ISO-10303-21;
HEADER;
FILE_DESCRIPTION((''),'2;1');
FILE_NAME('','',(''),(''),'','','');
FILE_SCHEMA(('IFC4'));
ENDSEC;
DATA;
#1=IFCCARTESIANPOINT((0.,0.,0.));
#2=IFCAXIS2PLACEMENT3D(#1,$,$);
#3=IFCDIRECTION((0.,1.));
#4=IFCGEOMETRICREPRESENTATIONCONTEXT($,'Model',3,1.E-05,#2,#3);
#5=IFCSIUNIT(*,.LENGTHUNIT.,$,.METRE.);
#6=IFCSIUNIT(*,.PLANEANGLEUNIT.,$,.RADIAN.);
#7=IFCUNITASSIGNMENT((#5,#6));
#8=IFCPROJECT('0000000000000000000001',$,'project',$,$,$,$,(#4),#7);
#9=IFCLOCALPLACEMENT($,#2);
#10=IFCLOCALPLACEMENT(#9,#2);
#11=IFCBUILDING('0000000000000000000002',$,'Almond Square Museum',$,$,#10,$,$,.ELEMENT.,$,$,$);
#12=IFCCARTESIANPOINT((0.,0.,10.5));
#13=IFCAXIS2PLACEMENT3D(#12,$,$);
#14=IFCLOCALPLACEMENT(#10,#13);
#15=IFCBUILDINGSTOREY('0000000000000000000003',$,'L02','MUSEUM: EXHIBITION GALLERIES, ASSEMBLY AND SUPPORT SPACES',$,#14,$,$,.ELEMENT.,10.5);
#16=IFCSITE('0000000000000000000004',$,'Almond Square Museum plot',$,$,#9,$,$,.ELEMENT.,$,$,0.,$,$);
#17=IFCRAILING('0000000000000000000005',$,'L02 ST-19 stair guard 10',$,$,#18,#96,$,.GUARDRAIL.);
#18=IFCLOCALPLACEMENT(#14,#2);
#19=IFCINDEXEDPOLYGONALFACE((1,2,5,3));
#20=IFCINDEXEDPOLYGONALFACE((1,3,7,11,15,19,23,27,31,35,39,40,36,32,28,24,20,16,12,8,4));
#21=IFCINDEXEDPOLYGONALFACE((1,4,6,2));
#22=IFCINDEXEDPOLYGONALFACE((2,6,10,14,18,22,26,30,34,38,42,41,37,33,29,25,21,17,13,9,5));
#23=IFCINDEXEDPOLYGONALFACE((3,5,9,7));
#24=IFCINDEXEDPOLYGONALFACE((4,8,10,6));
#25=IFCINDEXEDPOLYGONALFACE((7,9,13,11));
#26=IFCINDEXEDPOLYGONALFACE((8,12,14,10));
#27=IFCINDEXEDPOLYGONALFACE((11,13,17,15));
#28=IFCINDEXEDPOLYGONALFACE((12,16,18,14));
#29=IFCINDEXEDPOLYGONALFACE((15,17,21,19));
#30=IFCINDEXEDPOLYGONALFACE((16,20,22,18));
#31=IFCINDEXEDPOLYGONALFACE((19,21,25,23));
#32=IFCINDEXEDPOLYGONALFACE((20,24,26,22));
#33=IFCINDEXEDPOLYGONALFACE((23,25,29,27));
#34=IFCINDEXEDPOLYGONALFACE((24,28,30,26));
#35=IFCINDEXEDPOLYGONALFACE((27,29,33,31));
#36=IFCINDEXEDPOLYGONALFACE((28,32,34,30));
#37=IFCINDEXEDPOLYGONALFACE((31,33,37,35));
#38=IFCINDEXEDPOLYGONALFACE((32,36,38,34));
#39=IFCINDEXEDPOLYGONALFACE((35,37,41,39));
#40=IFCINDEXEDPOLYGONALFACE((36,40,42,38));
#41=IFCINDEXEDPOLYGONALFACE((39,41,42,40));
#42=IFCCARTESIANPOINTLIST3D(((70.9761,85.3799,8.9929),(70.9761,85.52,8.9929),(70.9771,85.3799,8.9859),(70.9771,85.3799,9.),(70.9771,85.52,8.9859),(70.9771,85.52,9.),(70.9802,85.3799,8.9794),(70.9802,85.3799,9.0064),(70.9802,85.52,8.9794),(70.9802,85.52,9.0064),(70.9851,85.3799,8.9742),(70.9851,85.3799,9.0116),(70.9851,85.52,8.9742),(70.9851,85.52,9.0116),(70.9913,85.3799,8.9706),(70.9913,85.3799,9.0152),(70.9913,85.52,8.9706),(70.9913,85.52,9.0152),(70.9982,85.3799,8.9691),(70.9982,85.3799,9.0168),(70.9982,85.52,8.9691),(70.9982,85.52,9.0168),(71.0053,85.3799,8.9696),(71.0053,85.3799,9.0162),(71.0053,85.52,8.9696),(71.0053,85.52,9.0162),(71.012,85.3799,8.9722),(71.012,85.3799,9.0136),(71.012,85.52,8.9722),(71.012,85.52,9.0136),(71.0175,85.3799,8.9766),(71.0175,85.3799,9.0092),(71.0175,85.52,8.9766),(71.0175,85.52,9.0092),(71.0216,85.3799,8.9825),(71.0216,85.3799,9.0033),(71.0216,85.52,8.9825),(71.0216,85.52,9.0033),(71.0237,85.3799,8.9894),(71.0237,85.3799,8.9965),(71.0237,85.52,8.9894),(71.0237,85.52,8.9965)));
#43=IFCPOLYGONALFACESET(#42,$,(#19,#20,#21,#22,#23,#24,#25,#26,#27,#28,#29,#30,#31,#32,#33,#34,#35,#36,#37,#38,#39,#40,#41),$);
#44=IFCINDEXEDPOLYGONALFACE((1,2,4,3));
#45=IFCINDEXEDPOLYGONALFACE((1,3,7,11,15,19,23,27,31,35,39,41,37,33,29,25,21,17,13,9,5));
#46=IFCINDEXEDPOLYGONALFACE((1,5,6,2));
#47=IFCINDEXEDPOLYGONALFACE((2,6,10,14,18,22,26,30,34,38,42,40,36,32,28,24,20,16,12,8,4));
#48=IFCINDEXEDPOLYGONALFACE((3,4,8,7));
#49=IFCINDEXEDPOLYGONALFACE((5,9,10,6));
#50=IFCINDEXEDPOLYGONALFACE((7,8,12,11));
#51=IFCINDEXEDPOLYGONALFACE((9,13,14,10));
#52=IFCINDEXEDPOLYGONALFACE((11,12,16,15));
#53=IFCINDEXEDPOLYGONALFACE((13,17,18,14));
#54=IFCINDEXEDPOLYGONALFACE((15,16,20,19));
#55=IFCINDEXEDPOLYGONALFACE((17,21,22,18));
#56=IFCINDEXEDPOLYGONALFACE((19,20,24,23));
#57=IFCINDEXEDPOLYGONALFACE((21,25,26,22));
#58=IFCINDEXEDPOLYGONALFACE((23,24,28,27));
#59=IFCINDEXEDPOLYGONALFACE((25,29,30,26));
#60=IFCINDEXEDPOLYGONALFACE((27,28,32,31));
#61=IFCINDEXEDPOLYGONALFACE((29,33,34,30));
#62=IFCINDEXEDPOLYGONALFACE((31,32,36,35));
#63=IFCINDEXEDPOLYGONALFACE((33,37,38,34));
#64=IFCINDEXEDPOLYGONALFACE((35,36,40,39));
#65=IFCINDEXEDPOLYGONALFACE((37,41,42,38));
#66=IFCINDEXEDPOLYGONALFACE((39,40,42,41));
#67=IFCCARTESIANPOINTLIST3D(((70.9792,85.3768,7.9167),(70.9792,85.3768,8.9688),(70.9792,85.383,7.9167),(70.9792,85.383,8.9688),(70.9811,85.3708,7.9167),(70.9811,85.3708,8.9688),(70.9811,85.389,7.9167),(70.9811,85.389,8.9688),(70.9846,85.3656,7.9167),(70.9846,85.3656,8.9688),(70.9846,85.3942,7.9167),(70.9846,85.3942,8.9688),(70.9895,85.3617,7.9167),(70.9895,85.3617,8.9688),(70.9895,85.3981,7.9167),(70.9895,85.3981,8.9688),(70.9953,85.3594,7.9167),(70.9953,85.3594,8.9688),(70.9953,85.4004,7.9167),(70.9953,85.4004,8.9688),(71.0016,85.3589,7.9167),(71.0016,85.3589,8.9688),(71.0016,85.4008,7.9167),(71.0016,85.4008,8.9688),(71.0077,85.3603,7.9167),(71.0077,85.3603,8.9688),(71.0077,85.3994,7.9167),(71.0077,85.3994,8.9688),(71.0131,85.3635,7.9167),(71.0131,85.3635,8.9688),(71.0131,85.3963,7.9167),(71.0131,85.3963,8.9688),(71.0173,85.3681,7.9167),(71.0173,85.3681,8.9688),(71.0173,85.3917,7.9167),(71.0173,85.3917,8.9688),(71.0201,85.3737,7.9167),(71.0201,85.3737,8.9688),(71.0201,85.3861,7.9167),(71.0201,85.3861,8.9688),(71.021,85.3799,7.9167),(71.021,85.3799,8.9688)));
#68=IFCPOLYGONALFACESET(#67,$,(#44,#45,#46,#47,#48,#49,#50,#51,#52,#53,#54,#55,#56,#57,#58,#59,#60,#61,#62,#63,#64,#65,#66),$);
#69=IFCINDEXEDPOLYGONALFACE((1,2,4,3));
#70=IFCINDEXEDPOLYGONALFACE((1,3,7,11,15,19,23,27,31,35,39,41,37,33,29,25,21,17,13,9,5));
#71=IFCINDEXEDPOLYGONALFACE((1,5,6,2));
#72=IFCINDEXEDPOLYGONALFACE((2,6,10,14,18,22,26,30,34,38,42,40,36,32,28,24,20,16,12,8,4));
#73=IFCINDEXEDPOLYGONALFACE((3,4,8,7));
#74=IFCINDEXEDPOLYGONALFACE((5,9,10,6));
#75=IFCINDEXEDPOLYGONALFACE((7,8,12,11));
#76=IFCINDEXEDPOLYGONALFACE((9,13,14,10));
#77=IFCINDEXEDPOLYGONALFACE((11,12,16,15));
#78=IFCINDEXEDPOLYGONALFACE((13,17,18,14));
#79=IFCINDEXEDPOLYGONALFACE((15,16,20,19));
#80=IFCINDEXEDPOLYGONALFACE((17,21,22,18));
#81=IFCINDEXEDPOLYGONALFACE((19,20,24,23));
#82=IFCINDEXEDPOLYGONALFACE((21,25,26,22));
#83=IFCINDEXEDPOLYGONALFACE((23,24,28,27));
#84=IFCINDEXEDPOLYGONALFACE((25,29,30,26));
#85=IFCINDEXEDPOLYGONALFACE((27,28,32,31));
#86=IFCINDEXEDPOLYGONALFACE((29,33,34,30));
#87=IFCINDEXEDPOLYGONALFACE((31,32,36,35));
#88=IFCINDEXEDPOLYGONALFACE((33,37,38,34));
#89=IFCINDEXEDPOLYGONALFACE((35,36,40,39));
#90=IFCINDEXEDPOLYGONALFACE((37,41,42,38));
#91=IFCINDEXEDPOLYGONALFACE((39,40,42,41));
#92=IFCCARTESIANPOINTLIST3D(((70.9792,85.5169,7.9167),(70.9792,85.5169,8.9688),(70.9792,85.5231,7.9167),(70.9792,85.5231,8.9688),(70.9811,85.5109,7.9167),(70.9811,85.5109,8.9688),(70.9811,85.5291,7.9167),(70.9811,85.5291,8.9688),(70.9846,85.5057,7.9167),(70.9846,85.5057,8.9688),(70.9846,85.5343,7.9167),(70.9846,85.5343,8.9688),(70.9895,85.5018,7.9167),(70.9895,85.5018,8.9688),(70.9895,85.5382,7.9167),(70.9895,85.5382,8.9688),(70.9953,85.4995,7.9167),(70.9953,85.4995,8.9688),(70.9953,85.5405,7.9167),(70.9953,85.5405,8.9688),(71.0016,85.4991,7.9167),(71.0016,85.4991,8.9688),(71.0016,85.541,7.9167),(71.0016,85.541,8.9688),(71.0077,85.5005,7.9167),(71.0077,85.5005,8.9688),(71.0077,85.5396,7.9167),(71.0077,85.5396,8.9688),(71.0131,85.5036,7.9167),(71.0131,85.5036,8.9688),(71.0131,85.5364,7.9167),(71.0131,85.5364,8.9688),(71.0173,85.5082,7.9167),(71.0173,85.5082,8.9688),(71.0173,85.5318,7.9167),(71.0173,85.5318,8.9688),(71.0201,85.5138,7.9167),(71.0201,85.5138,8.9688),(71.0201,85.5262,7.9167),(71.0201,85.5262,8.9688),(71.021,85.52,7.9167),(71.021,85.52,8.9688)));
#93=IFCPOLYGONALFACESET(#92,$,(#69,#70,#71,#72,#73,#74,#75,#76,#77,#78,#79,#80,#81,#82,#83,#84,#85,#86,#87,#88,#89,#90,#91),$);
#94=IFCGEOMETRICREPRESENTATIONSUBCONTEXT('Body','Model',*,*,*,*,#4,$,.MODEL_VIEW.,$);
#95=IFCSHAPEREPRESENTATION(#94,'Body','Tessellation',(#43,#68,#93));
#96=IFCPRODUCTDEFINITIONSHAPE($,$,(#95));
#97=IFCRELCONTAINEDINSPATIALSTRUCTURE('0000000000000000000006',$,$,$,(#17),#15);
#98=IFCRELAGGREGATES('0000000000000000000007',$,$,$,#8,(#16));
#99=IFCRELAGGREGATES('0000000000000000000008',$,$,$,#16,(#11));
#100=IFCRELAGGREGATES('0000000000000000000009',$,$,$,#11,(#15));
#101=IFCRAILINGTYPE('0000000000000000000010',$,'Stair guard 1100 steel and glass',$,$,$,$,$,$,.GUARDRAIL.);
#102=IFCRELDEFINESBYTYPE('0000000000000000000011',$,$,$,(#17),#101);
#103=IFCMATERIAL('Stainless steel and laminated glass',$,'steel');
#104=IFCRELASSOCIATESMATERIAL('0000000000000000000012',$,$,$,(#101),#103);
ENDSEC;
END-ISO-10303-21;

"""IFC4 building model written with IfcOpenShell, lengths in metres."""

from ifc_helpers import new_model, si_unit, direction, frame, origin, origin_2d, place, context, subcontext, project, spatial, circle, extrude, material, type_object, element, save


model = new_model("IFC4")

# Units and contexts
model_context = context("Model", 3, precision=1e-05, world=origin(), true_north=direction((0.0, 1.0)))
body_context = subcontext(model_context, "Body", "Model", "MODEL_VIEW")
ifc_project = project(units=[si_unit("LENGTHUNIT", "METRE"), si_unit("PLANEANGLEUNIT", "RADIAN")], contexts=[model_context])

# Site, building, storey
site_placement = place(None, origin())
site = spatial("IfcSite", under=ifc_project, at=site_placement, Name="Almond Square Museum plot", CompositionType="ELEMENT", RefElevation=0.0)
building_placement = place(site_placement, origin())
building = spatial("IfcBuilding", under=site, at=building_placement, Name="Almond Square Museum", CompositionType="ELEMENT")
storey_placement = place(building_placement, frame((0.0, 0.0, 10.5)))
storey = spatial("IfcBuildingStorey", under=building, at=storey_placement, Name="L02", Description="MUSEUM: EXHIBITION GALLERIES, ASSEMBLY AND SUPPORT SPACES", CompositionType="ELEMENT", Elevation=10.5)

# Railing
ifc_material_1 = material(Name="Stainless steel and laminated glass", Category="steel")
railing_type_1 = type_object("IfcRailingType", Name="Stair guard 1100 steel and glass", PredefinedType="GUARDRAIL", material=ifc_material_1)
railing_1_placement = place(storey_placement, frame((71.0, 85.3799, 7.9167)))
element("IfcRailing", 1, at=railing_1_placement, inside=storey, type_object=railing_type_1, Name="L02 ST-19 stair guard 10", PredefinedType="GUARDRAIL", context=body_context, shape_type="SweptSolid", body=[
    extrude(circle(Radius=0.0239, at=origin_2d()), frame((0.0, 0.0, 1.0762), z_axis=(0.0, 1.0, 0.0), x_axis=(-1.0, 0.0, 0.0)), (0.0, 0.0, 1.0), 0.1401),
    extrude(circle(Radius=0.021, at=origin_2d()), origin(), (0.0, 0.0, 1.0), 1.052),
    extrude(circle(Radius=0.021, at=origin_2d()), frame((0.0, 0.1401, 0.0)), (0.0, 0.0, 1.0), 1.052),
])

save(model, "model.ifc")
